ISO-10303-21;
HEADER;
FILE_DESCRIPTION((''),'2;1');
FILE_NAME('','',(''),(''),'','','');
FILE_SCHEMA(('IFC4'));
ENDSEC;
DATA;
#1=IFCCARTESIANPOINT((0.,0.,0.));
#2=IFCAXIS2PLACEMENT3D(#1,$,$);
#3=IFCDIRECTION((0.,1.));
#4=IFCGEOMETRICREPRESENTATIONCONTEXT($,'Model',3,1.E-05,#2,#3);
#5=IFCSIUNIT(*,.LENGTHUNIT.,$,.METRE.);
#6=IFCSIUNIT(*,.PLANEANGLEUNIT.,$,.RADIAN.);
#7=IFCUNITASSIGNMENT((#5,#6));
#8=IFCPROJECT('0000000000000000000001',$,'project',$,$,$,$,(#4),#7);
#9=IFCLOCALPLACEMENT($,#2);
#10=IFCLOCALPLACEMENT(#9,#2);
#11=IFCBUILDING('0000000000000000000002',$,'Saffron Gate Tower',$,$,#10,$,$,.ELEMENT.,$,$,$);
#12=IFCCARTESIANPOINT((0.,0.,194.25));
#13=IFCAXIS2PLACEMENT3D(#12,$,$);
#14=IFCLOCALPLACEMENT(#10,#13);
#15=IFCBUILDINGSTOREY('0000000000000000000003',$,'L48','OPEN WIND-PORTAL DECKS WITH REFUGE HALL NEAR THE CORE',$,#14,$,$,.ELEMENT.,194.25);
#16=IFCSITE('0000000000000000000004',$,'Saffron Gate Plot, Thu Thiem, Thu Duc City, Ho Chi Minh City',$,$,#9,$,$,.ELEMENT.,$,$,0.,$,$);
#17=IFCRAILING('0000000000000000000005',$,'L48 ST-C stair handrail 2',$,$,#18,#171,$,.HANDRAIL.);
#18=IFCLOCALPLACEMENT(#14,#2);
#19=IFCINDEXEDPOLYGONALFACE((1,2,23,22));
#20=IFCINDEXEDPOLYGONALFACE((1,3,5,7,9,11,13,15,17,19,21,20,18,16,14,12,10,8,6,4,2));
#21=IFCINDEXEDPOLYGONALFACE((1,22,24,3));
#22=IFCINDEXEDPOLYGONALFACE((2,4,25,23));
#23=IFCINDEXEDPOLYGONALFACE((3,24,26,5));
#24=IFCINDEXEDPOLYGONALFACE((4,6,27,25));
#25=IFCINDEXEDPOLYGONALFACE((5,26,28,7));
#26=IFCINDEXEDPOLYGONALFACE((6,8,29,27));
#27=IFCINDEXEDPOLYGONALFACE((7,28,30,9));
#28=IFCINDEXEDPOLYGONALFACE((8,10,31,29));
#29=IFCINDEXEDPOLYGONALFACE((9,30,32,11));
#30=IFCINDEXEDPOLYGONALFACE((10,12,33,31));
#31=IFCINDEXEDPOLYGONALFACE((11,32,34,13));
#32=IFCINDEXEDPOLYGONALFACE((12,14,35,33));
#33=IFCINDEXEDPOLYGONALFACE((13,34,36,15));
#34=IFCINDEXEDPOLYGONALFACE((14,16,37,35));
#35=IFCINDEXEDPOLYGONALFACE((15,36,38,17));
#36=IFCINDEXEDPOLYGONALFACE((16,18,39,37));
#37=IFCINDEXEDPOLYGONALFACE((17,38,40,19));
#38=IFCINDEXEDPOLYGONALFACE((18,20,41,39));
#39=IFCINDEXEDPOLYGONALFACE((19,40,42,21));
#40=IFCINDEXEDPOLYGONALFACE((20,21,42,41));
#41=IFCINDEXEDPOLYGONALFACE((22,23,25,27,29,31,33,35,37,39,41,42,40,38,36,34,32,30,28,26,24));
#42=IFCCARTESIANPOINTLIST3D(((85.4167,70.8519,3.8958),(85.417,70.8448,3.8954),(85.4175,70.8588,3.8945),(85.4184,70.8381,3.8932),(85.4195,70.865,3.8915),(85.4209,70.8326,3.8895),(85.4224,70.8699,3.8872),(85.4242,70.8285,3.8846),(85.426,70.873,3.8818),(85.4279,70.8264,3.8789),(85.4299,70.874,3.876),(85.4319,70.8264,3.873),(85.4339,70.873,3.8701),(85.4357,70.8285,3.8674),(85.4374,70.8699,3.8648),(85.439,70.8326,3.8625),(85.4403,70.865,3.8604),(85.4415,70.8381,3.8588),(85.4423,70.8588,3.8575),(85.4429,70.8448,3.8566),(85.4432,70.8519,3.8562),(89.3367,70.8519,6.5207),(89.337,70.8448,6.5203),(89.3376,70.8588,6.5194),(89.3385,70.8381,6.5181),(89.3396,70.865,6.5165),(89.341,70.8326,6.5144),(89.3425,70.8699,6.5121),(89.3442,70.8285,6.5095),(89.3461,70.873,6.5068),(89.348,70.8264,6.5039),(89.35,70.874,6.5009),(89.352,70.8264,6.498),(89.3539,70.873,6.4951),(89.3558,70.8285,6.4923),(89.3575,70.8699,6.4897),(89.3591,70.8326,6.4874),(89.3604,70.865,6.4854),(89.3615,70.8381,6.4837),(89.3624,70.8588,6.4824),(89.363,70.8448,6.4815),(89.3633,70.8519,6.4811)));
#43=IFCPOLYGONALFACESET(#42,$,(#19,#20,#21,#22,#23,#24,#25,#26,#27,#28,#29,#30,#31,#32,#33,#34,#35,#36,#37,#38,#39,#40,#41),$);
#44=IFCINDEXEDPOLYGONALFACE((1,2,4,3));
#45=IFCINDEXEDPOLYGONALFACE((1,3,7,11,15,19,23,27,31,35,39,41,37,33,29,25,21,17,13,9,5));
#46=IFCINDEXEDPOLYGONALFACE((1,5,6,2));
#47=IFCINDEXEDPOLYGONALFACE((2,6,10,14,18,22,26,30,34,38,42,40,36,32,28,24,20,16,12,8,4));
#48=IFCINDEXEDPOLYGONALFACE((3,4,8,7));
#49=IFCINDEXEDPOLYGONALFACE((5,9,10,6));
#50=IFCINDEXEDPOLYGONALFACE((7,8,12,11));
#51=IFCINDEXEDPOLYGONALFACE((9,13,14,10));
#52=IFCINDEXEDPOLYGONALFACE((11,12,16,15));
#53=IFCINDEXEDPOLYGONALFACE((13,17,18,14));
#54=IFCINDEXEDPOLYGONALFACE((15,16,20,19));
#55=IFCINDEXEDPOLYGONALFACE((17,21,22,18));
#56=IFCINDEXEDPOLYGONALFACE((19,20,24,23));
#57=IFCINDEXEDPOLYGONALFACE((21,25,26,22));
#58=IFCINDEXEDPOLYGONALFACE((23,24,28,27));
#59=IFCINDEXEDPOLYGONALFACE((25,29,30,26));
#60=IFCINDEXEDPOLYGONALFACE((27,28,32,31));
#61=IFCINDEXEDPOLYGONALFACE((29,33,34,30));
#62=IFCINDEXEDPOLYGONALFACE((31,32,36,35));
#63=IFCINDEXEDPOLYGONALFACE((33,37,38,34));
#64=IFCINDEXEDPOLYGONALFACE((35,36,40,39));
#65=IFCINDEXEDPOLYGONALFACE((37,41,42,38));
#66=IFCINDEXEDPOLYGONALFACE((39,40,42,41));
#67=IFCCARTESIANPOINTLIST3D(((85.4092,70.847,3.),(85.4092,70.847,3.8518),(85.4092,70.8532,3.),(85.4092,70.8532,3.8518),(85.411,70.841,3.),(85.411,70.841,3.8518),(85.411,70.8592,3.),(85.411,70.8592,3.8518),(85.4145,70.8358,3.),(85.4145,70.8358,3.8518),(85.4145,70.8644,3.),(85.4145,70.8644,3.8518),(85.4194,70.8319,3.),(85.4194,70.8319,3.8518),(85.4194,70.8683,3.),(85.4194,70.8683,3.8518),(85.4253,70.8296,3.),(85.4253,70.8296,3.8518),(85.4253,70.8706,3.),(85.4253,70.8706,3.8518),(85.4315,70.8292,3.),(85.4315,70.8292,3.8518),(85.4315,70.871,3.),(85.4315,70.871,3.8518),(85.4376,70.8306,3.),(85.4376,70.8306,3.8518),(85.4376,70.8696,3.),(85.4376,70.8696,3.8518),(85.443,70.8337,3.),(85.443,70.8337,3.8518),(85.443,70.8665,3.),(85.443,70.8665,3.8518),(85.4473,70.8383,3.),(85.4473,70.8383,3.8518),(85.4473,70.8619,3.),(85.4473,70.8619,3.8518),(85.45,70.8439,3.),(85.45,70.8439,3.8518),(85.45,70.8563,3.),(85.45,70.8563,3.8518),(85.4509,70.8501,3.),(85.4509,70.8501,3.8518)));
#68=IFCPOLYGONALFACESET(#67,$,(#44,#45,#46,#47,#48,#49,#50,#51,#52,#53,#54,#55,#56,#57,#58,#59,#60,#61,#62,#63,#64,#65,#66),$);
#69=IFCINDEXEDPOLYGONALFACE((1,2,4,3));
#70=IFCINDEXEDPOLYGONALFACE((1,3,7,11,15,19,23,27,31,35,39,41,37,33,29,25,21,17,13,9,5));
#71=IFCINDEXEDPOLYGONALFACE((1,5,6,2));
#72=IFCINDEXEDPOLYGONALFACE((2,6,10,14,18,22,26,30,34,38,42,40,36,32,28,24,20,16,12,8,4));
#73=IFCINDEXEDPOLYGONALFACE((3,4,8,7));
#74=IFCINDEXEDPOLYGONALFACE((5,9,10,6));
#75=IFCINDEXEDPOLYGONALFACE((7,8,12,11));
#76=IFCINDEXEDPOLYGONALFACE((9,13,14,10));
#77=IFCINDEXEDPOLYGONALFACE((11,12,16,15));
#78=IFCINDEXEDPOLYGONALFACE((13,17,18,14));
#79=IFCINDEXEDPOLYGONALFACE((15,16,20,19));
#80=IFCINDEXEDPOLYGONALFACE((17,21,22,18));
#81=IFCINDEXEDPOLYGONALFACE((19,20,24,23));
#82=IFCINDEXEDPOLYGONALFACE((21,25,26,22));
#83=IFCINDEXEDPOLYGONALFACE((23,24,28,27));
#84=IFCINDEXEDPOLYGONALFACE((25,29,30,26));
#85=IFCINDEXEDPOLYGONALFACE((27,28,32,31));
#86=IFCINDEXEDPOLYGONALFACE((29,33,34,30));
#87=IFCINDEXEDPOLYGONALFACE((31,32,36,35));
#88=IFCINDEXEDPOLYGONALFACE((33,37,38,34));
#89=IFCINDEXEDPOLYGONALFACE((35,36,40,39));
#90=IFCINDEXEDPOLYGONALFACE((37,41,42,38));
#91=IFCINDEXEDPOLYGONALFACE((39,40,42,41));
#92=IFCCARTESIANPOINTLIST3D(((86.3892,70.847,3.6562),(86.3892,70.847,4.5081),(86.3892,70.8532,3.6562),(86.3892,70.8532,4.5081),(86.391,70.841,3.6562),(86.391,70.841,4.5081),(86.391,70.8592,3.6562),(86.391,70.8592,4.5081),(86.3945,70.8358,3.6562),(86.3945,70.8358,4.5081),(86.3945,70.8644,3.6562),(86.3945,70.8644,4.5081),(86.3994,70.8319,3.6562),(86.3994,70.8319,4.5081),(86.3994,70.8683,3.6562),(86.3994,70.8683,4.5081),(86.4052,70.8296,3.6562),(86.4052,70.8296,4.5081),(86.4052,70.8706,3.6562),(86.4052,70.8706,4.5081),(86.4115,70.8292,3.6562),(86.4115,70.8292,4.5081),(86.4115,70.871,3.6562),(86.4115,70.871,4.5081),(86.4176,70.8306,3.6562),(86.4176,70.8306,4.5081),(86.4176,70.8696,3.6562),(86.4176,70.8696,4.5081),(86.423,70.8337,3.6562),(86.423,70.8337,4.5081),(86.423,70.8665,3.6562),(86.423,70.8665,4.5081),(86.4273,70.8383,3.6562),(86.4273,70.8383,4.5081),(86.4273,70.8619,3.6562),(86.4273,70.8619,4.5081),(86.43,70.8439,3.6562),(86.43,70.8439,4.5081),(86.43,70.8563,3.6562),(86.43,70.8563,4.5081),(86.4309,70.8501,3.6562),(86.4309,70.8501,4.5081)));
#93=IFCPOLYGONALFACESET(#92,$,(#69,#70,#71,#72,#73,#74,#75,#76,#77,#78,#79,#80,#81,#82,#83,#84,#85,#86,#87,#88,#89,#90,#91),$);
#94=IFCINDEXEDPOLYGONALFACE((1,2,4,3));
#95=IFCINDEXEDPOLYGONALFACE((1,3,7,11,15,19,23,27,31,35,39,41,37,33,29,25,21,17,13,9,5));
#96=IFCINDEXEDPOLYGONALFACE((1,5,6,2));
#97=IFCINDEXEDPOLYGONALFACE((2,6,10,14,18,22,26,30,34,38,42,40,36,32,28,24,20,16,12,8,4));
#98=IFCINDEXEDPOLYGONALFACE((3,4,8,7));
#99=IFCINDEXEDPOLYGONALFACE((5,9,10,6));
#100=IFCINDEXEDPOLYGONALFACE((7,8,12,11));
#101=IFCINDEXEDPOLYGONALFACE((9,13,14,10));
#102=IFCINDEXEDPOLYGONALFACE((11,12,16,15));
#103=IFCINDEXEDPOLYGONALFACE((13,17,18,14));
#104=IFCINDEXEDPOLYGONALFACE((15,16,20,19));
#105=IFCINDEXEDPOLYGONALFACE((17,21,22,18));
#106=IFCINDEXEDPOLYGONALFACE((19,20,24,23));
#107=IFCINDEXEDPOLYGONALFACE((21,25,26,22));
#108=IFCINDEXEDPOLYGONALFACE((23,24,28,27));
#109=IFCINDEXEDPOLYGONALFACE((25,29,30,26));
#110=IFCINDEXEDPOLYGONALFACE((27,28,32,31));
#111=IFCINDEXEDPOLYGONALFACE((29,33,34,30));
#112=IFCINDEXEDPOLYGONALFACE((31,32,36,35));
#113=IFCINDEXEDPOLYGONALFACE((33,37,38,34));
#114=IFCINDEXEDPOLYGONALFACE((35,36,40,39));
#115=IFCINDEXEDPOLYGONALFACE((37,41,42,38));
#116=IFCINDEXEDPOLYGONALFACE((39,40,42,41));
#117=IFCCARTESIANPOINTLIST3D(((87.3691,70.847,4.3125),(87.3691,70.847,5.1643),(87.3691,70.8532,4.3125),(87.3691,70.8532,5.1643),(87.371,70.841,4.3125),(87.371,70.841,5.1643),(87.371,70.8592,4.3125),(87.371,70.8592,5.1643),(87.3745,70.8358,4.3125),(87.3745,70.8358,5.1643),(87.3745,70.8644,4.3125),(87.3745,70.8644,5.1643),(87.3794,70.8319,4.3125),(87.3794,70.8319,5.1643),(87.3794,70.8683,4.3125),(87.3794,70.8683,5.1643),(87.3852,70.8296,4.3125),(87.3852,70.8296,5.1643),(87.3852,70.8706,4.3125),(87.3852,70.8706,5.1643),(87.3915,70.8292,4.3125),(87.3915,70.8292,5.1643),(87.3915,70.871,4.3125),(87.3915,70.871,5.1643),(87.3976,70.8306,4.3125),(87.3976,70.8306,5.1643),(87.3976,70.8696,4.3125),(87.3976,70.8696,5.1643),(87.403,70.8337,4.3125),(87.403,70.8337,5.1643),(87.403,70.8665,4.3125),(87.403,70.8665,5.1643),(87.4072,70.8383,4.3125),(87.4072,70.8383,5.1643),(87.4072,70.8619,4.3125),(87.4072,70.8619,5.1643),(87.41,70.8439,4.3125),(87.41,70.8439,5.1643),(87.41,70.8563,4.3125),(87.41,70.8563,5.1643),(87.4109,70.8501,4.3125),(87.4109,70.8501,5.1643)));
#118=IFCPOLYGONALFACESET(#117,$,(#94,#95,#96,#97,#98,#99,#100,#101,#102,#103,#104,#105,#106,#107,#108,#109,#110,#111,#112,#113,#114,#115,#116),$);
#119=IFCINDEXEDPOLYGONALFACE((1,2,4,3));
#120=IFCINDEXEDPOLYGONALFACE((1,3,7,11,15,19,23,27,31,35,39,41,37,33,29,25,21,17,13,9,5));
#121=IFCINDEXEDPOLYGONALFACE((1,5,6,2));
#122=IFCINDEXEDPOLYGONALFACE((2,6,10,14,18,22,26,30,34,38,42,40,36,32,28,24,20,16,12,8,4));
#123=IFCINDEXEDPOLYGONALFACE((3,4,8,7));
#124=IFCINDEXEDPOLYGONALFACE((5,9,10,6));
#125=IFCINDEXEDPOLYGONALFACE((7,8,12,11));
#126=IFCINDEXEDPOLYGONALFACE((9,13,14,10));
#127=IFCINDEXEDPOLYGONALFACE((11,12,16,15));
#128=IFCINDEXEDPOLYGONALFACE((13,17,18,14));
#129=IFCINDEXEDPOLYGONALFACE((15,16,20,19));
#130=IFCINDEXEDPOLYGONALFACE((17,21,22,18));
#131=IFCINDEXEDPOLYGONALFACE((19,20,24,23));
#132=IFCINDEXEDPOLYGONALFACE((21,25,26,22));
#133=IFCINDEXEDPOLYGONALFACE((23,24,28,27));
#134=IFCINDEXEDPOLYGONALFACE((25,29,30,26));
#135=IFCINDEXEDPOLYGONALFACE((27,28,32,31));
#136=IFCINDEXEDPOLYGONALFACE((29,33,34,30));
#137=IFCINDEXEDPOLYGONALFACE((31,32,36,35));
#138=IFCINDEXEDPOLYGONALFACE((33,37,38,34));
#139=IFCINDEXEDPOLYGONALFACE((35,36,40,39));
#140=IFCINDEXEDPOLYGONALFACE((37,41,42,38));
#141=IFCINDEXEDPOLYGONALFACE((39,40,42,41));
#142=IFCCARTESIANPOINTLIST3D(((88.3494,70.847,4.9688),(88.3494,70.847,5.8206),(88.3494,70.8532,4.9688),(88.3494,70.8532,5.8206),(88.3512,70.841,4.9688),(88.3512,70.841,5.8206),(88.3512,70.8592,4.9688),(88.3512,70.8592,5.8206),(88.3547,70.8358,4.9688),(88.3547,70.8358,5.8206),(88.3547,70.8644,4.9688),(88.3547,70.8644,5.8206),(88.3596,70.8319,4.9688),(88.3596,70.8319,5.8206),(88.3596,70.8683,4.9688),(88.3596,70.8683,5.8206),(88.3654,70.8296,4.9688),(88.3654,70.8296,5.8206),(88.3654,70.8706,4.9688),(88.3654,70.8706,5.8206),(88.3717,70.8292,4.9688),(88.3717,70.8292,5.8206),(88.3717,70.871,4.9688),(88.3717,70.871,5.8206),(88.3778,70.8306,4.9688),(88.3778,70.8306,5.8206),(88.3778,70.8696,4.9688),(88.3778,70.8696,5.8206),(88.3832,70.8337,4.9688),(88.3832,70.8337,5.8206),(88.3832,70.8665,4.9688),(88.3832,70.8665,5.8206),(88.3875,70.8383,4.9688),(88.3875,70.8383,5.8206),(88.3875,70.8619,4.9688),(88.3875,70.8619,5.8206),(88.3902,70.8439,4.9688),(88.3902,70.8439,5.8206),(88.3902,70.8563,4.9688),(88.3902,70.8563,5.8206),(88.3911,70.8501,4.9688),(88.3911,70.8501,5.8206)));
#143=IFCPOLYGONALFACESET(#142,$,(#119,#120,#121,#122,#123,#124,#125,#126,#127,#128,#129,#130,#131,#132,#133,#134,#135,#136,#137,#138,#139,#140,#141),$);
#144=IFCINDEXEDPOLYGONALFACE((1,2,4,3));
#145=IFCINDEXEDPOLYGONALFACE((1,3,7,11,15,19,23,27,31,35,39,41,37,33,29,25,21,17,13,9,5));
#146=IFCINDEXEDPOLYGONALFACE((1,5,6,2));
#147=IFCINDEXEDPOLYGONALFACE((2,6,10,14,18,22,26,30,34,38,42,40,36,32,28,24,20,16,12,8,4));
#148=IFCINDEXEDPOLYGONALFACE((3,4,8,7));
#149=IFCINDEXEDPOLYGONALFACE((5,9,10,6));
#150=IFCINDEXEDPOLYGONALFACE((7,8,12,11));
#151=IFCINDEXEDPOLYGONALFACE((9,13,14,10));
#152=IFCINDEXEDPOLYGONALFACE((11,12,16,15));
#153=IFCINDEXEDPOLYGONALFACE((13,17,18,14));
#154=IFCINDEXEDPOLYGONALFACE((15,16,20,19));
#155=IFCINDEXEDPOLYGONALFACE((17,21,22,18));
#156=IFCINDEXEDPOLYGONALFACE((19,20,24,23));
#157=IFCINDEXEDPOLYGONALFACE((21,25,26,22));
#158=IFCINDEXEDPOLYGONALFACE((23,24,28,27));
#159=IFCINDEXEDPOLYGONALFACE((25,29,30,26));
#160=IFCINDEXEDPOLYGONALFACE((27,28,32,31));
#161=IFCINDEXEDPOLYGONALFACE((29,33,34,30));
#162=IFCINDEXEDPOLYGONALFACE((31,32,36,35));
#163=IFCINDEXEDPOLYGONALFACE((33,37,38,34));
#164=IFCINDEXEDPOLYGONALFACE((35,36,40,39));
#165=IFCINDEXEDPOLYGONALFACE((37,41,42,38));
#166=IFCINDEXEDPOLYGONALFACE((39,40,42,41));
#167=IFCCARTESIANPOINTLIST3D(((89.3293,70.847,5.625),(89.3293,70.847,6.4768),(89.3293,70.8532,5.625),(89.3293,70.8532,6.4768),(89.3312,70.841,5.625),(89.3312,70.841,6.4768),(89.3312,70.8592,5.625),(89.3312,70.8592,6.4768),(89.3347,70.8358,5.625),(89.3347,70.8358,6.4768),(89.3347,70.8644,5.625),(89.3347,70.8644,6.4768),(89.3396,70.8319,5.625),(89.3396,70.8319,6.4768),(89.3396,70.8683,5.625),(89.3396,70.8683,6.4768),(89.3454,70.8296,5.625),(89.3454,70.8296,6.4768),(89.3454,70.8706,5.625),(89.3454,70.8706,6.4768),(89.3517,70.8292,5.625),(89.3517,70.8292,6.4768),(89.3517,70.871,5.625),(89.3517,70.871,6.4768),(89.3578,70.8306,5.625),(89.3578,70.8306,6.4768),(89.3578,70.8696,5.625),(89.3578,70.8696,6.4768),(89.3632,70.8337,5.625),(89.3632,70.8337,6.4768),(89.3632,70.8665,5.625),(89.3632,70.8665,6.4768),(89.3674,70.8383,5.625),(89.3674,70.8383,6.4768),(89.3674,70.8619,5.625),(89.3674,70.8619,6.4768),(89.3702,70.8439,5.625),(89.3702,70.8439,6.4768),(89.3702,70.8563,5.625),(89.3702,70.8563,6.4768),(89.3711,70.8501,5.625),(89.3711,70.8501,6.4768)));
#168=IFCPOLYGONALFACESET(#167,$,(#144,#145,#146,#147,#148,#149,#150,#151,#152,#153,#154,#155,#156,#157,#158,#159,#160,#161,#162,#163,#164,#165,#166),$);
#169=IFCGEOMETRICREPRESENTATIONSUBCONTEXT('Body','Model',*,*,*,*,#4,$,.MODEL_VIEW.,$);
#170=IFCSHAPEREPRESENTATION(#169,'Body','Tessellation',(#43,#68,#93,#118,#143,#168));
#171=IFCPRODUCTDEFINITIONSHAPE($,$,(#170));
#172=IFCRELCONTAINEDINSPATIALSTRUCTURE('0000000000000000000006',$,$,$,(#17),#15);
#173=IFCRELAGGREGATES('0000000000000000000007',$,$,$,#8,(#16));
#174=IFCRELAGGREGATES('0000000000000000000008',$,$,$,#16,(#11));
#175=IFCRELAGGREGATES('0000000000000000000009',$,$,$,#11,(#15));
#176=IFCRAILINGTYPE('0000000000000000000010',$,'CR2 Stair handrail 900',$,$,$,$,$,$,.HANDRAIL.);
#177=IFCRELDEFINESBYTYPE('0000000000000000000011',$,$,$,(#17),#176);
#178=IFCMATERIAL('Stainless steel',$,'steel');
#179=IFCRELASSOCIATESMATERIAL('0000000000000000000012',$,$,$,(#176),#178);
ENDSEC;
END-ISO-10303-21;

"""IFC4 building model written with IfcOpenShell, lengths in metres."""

from ifc_helpers import new_model, si_unit, direction, frame, origin, origin_2d, place, context, subcontext, project, spatial, circle, extrude, material, type_object, element, save


model = new_model("IFC4")

# Units and contexts
model_context = context("Model", 3, precision=1e-05, world=origin(), true_north=direction((0.0, 1.0)))
body_context = subcontext(model_context, "Body", "Model", "MODEL_VIEW")
ifc_project = project(units=[si_unit("LENGTHUNIT", "METRE"), si_unit("PLANEANGLEUNIT", "RADIAN")], contexts=[model_context])

# Site, building, storey
site_placement = place(None, origin())
site = spatial("IfcSite", under=ifc_project, at=site_placement, Name="Saffron Gate Plot, Thu Thiem, Thu Duc City, Ho Chi Minh City", CompositionType="ELEMENT", RefElevation=0.0)
building_placement = place(site_placement, origin())
building = spatial("IfcBuilding", under=site, at=building_placement, Name="Saffron Gate Tower", CompositionType="ELEMENT")
storey_placement = place(building_placement, frame((0.0, 0.0, 194.25)))
storey = spatial("IfcBuildingStorey", under=building, at=storey_placement, Name="L48", Description="OPEN WIND-PORTAL DECKS WITH REFUGE HALL NEAR THE CORE", CompositionType="ELEMENT", Elevation=194.25)

# Railing
ifc_material_1 = material(Name="Stainless steel", Category="steel")
railing_type_1 = type_object("IfcRailingType", Name="CR2 Stair handrail 900", PredefinedType="HANDRAIL", material=ifc_material_1)
railing_1_placement = place(storey_placement, frame((85.4299, 70.8501, 3.0)))
element("IfcRailing", 1, at=railing_1_placement, inside=storey, type_object=railing_type_1, Name="L48 ST-C stair handrail 2", PredefinedType="HANDRAIL", context=body_context, shape_type="SweptSolid", body=[
    extrude(circle(Radius=0.0239, at=origin_2d()), frame((0.0, 0.0, 0.876), z_axis=(0.830918, 0.0, 0.556395), x_axis=(0.0, 1.0, 0.0)), (0.0, 0.0, 1.0), 4.7178),
    extrude(circle(Radius=0.021, at=origin_2d()), origin(), (0.0, 0.0, 1.0), 0.8518),
    extrude(circle(Radius=0.021, at=origin_2d()), frame((0.98, 0.0, 0.6562)), (0.0, 0.0, 1.0), 0.8518),
    extrude(circle(Radius=0.021, at=origin_2d()), frame((1.96, 0.0, 1.3125)), (0.0, 0.0, 1.0), 0.8518),
    extrude(circle(Radius=0.021, at=origin_2d()), frame((2.9402, 0.0, 1.9688)), (0.0, 0.0, 1.0), 0.8518),
    extrude(circle(Radius=0.021, at=origin_2d()), frame((3.9202, 0.0, 2.625)), (0.0, 0.0, 1.0), 0.8518),
])

save(model, "model.ifc")
